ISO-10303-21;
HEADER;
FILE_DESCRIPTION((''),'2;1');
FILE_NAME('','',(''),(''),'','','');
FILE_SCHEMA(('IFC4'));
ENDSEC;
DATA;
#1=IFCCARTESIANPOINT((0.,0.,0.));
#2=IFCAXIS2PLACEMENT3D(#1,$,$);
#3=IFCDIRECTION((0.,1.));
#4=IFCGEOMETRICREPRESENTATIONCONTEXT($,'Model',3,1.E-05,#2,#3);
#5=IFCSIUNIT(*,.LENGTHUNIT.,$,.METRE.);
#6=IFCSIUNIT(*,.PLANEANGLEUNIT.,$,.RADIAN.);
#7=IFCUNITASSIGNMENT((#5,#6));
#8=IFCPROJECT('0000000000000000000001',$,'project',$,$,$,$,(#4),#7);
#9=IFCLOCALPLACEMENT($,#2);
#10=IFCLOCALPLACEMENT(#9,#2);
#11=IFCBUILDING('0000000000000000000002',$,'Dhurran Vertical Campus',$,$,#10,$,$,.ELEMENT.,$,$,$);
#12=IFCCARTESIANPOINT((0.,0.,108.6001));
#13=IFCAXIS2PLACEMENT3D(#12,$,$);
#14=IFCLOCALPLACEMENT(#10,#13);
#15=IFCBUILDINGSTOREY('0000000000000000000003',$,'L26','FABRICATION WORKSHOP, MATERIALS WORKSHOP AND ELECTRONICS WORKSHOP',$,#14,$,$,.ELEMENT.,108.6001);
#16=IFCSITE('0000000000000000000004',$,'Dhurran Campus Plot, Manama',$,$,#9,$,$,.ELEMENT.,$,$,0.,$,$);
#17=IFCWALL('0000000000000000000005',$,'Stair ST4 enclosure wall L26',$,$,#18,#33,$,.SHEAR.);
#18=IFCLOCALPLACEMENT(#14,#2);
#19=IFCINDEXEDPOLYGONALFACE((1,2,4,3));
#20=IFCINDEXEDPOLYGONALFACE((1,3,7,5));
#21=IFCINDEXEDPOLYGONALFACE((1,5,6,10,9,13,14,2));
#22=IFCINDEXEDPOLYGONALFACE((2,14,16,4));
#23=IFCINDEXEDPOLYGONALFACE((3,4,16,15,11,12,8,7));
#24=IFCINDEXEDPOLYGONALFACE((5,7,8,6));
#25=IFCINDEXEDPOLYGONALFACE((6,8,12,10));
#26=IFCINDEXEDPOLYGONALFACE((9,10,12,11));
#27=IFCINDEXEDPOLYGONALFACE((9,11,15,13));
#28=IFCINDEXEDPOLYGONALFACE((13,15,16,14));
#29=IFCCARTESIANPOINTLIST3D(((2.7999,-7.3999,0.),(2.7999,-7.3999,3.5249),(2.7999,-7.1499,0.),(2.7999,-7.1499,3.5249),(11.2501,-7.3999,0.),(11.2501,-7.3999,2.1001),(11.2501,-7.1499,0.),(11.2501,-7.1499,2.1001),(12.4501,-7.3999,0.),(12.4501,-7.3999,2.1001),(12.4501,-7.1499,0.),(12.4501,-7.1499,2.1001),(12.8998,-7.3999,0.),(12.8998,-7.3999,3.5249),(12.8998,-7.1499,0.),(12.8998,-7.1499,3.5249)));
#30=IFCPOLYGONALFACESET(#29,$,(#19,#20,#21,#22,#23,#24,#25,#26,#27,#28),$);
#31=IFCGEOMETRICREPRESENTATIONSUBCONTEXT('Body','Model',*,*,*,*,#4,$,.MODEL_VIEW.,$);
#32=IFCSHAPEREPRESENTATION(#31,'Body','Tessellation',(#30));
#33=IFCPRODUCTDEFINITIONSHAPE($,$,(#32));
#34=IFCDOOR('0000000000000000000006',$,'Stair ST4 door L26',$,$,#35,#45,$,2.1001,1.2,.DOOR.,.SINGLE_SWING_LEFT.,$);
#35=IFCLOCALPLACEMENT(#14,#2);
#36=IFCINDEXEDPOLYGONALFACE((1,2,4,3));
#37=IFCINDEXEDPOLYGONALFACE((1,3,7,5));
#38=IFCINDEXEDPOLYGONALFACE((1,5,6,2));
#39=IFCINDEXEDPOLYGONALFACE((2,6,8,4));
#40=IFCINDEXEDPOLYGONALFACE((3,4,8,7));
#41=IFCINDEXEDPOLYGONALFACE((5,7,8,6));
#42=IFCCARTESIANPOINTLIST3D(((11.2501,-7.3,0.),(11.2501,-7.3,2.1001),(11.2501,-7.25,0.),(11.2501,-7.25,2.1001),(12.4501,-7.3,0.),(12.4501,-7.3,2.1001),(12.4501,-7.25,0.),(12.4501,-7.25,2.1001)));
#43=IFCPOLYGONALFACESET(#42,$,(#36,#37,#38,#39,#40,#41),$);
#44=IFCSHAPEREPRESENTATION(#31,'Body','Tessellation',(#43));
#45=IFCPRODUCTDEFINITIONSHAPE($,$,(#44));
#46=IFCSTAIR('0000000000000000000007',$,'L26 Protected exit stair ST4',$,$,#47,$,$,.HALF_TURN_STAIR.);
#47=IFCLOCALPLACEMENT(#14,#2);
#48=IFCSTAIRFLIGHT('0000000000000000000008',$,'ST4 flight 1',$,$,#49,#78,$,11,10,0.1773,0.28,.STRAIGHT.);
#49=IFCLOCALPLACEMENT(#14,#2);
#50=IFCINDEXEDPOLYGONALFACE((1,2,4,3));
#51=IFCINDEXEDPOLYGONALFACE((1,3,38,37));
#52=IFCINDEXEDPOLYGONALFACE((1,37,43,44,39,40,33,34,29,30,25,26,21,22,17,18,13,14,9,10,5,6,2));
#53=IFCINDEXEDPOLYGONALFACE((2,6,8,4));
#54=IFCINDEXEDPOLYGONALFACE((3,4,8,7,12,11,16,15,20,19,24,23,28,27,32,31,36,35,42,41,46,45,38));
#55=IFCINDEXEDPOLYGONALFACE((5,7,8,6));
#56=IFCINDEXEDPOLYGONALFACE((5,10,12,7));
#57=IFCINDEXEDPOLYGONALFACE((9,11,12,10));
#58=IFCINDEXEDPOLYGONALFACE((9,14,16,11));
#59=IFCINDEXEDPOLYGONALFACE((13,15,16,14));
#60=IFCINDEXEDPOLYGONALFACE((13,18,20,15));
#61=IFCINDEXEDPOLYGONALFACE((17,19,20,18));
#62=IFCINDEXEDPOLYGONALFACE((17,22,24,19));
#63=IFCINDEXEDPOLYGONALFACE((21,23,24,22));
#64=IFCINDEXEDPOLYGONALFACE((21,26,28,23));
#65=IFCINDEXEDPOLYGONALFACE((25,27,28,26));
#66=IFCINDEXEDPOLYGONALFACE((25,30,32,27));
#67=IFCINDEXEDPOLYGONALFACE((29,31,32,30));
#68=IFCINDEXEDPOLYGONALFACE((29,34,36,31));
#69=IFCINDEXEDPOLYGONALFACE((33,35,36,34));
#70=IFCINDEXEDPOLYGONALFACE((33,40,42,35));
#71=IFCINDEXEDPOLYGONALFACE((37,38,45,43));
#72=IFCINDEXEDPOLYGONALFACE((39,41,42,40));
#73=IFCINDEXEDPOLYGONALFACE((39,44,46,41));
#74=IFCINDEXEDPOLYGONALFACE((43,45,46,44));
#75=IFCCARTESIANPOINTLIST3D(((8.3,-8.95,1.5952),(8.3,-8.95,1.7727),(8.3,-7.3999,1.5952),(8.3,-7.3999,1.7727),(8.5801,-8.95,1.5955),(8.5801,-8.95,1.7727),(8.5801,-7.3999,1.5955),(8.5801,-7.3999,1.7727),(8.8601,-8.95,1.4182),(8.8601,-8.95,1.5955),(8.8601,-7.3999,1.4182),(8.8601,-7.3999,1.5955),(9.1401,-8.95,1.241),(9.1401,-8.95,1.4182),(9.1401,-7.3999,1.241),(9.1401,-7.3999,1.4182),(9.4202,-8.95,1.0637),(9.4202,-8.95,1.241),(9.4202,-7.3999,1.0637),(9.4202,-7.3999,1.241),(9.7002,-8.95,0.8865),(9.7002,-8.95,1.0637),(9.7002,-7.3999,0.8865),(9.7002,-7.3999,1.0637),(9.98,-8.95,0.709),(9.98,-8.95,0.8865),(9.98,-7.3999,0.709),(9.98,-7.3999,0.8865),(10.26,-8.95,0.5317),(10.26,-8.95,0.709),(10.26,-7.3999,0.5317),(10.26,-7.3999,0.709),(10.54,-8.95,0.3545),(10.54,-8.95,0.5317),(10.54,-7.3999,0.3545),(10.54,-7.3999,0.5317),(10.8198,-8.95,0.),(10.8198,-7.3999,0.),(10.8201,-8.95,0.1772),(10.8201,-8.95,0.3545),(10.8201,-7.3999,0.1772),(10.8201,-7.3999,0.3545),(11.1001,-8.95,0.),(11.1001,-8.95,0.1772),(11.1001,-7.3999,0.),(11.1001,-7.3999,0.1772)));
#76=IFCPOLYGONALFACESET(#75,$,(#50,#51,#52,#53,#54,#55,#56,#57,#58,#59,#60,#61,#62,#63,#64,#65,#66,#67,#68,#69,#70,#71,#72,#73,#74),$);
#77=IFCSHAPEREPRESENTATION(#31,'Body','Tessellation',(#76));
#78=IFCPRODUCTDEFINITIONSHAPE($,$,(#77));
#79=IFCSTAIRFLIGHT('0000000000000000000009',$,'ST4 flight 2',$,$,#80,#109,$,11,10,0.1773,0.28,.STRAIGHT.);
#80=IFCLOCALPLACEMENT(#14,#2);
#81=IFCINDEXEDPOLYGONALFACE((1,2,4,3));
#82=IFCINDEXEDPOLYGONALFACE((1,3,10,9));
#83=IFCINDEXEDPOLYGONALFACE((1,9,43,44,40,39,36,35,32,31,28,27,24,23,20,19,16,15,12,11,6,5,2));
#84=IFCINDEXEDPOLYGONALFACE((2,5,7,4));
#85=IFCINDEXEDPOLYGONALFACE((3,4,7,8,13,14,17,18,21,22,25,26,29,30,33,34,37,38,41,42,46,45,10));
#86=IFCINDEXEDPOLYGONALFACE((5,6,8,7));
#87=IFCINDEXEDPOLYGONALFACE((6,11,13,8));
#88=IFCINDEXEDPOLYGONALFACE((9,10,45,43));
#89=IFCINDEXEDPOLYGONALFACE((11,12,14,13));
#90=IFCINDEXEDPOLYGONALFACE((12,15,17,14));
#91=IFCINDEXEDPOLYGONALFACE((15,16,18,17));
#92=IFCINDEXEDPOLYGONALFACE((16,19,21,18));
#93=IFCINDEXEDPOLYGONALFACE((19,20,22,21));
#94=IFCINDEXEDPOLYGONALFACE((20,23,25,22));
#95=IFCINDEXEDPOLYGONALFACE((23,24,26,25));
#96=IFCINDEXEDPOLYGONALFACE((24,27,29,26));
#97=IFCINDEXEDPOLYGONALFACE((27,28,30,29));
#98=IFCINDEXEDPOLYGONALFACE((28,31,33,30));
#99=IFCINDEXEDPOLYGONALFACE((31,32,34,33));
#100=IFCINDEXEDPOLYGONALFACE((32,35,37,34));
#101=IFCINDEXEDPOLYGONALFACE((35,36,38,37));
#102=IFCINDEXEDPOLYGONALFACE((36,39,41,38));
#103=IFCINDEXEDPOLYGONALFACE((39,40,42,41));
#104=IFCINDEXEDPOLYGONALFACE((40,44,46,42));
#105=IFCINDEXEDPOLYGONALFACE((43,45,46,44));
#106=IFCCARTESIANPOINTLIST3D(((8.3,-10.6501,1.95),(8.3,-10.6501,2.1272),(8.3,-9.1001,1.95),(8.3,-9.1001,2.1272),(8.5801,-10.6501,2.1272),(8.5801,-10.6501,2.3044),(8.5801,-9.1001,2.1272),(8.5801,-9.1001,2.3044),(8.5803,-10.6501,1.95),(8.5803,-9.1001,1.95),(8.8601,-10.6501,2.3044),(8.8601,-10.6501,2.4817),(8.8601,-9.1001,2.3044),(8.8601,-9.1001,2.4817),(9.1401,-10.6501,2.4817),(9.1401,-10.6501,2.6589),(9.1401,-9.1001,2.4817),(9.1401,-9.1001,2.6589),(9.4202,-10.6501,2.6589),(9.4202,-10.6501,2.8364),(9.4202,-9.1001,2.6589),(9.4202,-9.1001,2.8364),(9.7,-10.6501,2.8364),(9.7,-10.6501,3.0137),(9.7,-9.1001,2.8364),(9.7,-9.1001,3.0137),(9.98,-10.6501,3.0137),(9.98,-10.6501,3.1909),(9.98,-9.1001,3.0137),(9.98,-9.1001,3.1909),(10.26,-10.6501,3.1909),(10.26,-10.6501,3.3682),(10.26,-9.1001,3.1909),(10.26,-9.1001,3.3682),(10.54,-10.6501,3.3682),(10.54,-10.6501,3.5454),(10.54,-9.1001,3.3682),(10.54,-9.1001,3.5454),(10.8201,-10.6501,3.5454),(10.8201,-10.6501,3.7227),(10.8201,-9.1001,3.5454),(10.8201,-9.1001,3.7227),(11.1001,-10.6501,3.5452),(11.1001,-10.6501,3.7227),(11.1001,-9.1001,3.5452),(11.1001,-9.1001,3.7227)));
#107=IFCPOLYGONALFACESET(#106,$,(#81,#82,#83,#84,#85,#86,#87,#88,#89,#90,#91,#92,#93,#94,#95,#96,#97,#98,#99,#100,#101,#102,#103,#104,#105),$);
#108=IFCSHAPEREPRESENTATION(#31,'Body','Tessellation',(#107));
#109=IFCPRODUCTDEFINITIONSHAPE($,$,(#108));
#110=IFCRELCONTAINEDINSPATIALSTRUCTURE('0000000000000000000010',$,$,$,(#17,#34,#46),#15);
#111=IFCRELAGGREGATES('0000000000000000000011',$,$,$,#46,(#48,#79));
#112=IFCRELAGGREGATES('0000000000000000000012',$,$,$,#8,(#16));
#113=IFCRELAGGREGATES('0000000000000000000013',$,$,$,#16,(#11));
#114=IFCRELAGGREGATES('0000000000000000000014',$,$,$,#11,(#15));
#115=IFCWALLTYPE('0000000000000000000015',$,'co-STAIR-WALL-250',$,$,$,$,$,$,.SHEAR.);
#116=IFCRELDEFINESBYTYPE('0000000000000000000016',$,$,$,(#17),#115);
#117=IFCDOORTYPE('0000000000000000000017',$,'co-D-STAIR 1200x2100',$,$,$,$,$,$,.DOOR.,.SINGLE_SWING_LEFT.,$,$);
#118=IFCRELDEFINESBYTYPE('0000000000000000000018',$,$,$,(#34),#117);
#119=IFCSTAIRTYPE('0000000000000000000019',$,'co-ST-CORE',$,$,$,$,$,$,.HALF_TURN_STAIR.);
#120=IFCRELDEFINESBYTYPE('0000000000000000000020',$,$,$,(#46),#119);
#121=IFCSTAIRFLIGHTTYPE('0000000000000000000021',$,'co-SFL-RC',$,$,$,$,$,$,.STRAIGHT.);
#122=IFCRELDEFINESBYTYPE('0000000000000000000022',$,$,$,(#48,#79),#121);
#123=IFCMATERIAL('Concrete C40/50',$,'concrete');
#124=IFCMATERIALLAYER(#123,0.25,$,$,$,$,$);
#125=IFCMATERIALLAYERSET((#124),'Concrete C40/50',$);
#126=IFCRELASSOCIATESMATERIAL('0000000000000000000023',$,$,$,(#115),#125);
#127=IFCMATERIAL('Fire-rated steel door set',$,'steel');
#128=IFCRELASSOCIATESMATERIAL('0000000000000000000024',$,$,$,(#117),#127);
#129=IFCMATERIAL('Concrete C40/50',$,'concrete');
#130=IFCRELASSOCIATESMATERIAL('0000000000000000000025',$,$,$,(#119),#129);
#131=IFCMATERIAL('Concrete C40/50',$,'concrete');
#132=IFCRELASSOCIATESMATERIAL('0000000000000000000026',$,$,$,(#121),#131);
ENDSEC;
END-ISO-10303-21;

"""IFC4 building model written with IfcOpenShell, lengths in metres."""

from ifc_helpers import new_model, si_unit, direction, frame, frame_2d, origin, place, context, subcontext, project, spatial, polyline, rectangle, outline, extrude, material, layer, layer_set, type_object, element, fill, aggregate, save


model = new_model("IFC4")

# Units and contexts
model_context = context("Model", 3, precision=1e-05, world=origin(), true_north=direction((0.0, 1.0)))
body_context = subcontext(model_context, "Body", "Model", "MODEL_VIEW")
ifc_project = project(units=[si_unit("LENGTHUNIT", "METRE"), si_unit("PLANEANGLEUNIT", "RADIAN")], contexts=[model_context])

# Site, building, storey
site_placement = place(None, origin())
site = spatial("IfcSite", under=ifc_project, at=site_placement, Name="Dhurran Campus Plot, Manama", CompositionType="ELEMENT", RefElevation=0.0)
building_placement = place(site_placement, origin())
building = spatial("IfcBuilding", under=site, at=building_placement, Name="Dhurran Vertical Campus", CompositionType="ELEMENT")
storey_placement = place(building_placement, frame((0.0, 0.0, 108.6001)))
storey = spatial("IfcBuildingStorey", under=building, at=storey_placement, Name="L26", Description="FABRICATION WORKSHOP, MATERIALS WORKSHOP AND ELECTRONICS WORKSHOP", CompositionType="ELEMENT", Elevation=108.6001)

# Wall, opening, door
ifc_material_1 = material(Name="Concrete C40/50", Category="concrete")
ifc_layer_1 = layer(ifc_material_1, 0.25)
ifc_layer_set_1 = layer_set([ifc_layer_1], Name="Concrete C40/50")
wall_type_1 = type_object("IfcWallType", Name="co-STAIR-WALL-250", PredefinedType="SHEAR", material=ifc_layer_set_1)
wall_1_placement = place(storey_placement, frame((2.8, -7.2749, 0.0), z_axis=(0.0, 0.0, 1.0), x_axis=(1.0, 0.0, 0.0)))
wall_1 = element("IfcWall", 1, at=wall_1_placement, inside=storey, type_object=wall_type_1, Name="Stair ST4 enclosure wall L26", PredefinedType="SHEAR", context=body_context, shape_type="SweptSolid", body=[
    extrude(rectangle(XDim=10.0999, YDim=0.25, at=frame_2d((5.0498, 0.0))), origin(), (0.0, 0.0, 1.0), 3.5249),
])
opening_1_placement = place(wall_1_placement, frame((8.45, 0.0, 0.0)))
opening_1 = element("IfcOpeningElement", 2, at=opening_1_placement, cuts=wall_1, PredefinedType="OPENING", context=body_context, shape_type="SweptSolid", body=[
    extrude(rectangle(XDim=1.2, YDim=2.1001, at=frame_2d((0.6001, 1.05))), frame((0.0, 0.135, 0.0), z_axis=(0.0, -1.0, 0.0), x_axis=(1.0, 0.0, 0.0)), (0.0, 0.0, 1.0), 0.27),
])
ifc_material_2 = material(Name="Fire-rated steel door set", Category="steel")
door_type_1 = type_object("IfcDoorType", Name="co-D-STAIR 1200x2100", OperationType="SINGLE_SWING_LEFT", PredefinedType="DOOR", material=ifc_material_2)
door_1_placement = place(opening_1_placement, origin())
door_1 = element("IfcDoor", 3, at=door_1_placement, inside=storey, type_object=door_type_1, Name="Stair ST4 door L26", OperationType="SINGLE_SWING_LEFT", OverallHeight=2.1001, OverallWidth=1.2, PredefinedType="DOOR", context=body_context, shape_type="SweptSolid", body=[
    extrude(rectangle(XDim=1.2, YDim=2.1001, at=frame_2d((0.6001, 1.05))), frame((0.0, 0.0249, 0.0), z_axis=(0.0, -1.0, 0.0), x_axis=(1.0, 0.0, 0.0)), (0.0, 0.0, 1.0), 0.05),
])
fill(opening_1, door_1)

# Stair, stair flights
ifc_material_3 = material(Name="Concrete C40/50", Category="concrete")
stair_type = type_object("IfcStairType", Name="co-ST-CORE", PredefinedType="HALF_TURN_STAIR", material=ifc_material_3)
stair_placement = place(storey_placement, origin())
stair = element("IfcStair", 4, at=stair_placement, inside=storey, type_object=stair_type, Name="L26 Protected exit stair ST4", PredefinedType="HALF_TURN_STAIR")
ifc_material_4 = material(Name="Concrete C40/50", Category="concrete")
stair_flight_type = type_object("IfcStairFlightType", Name="co-SFL-RC", PredefinedType="STRAIGHT", material=ifc_material_4)
stair_flight_1_placement = place(storey_placement, frame((11.1001, -8.175, 0.0), z_axis=(0.0, 0.0, 1.0), x_axis=(-1.0, 0.0, 0.0)))
stair_flight_1 = element("IfcStairFlight", 5, at=stair_flight_1_placement, type_object=stair_flight_type, Name="ST4 flight 1", NumberOfRisers=11, NumberOfTreads=10, PredefinedType="STRAIGHT", RiserHeight=0.1773, TreadLength=0.28, context=body_context, shape_type="SweptSolid", body=[
    extrude(outline(polyline([(0.0, 0.0), (0.0, 0.1772), (0.28, 0.1772), (0.28, 0.3545), (0.5601, 0.3545), (0.5601, 0.5317), (0.8401, 0.5317), (0.8401, 0.709), (1.1201, 0.709), (1.1201, 0.8865), (1.3999, 0.8865), (1.3999, 1.0637), (1.6799, 1.0637), (1.6799, 1.241), (1.96, 1.241), (1.96, 1.4182), (2.24, 1.4182), (2.24, 1.5955), (2.52, 1.5955), (2.52, 1.7727), (2.8, 1.7727), (2.8, 1.95), (2.8, 1.5952), (0.2803, 0.0), (0.0, 0.0)])), frame((0.0, 0.7749, 0.0), z_axis=(0.0, -1.0, 0.0), x_axis=(1.0, 0.0, 0.0)), (0.0, 0.0, 1.0), 1.55),
])
stair_flight_2_placement = place(storey_placement, frame((8.3, -9.875, 1.95), z_axis=(0.0, 0.0, 1.0), x_axis=(1.0, 0.0, 0.0)))
stair_flight_2 = element("IfcStairFlight", 6, at=stair_flight_2_placement, type_object=stair_flight_type, Name="ST4 flight 2", NumberOfRisers=11, NumberOfTreads=10, PredefinedType="STRAIGHT", RiserHeight=0.1773, TreadLength=0.28, context=body_context, shape_type="SweptSolid", body=[
    extrude(outline(polyline([(0.0, 0.0), (0.0, 0.1772), (0.28, 0.1772), (0.28, 0.3545), (0.5601, 0.3545), (0.5601, 0.5317), (0.8401, 0.5317), (0.8401, 0.709), (1.1201, 0.709), (1.1201, 0.8865), (1.3999, 0.8865), (1.3999, 1.0637), (1.6799, 1.0637), (1.6799, 1.241), (1.96, 1.241), (1.96, 1.4182), (2.24, 1.4182), (2.24, 1.5955), (2.52, 1.5955), (2.52, 1.7727), (2.8, 1.7727), (2.8, 1.95), (2.8, 1.5952), (0.2803, 0.0), (0.0, 0.0)])), frame((0.0, 0.7749, 0.0), z_axis=(0.0, -1.0, 0.0), x_axis=(1.0, 0.0, 0.0)), (0.0, 0.0, 1.0), 1.55),
])
aggregate(stair, [stair_flight_1, stair_flight_2])

save(model, "model.ifc")
